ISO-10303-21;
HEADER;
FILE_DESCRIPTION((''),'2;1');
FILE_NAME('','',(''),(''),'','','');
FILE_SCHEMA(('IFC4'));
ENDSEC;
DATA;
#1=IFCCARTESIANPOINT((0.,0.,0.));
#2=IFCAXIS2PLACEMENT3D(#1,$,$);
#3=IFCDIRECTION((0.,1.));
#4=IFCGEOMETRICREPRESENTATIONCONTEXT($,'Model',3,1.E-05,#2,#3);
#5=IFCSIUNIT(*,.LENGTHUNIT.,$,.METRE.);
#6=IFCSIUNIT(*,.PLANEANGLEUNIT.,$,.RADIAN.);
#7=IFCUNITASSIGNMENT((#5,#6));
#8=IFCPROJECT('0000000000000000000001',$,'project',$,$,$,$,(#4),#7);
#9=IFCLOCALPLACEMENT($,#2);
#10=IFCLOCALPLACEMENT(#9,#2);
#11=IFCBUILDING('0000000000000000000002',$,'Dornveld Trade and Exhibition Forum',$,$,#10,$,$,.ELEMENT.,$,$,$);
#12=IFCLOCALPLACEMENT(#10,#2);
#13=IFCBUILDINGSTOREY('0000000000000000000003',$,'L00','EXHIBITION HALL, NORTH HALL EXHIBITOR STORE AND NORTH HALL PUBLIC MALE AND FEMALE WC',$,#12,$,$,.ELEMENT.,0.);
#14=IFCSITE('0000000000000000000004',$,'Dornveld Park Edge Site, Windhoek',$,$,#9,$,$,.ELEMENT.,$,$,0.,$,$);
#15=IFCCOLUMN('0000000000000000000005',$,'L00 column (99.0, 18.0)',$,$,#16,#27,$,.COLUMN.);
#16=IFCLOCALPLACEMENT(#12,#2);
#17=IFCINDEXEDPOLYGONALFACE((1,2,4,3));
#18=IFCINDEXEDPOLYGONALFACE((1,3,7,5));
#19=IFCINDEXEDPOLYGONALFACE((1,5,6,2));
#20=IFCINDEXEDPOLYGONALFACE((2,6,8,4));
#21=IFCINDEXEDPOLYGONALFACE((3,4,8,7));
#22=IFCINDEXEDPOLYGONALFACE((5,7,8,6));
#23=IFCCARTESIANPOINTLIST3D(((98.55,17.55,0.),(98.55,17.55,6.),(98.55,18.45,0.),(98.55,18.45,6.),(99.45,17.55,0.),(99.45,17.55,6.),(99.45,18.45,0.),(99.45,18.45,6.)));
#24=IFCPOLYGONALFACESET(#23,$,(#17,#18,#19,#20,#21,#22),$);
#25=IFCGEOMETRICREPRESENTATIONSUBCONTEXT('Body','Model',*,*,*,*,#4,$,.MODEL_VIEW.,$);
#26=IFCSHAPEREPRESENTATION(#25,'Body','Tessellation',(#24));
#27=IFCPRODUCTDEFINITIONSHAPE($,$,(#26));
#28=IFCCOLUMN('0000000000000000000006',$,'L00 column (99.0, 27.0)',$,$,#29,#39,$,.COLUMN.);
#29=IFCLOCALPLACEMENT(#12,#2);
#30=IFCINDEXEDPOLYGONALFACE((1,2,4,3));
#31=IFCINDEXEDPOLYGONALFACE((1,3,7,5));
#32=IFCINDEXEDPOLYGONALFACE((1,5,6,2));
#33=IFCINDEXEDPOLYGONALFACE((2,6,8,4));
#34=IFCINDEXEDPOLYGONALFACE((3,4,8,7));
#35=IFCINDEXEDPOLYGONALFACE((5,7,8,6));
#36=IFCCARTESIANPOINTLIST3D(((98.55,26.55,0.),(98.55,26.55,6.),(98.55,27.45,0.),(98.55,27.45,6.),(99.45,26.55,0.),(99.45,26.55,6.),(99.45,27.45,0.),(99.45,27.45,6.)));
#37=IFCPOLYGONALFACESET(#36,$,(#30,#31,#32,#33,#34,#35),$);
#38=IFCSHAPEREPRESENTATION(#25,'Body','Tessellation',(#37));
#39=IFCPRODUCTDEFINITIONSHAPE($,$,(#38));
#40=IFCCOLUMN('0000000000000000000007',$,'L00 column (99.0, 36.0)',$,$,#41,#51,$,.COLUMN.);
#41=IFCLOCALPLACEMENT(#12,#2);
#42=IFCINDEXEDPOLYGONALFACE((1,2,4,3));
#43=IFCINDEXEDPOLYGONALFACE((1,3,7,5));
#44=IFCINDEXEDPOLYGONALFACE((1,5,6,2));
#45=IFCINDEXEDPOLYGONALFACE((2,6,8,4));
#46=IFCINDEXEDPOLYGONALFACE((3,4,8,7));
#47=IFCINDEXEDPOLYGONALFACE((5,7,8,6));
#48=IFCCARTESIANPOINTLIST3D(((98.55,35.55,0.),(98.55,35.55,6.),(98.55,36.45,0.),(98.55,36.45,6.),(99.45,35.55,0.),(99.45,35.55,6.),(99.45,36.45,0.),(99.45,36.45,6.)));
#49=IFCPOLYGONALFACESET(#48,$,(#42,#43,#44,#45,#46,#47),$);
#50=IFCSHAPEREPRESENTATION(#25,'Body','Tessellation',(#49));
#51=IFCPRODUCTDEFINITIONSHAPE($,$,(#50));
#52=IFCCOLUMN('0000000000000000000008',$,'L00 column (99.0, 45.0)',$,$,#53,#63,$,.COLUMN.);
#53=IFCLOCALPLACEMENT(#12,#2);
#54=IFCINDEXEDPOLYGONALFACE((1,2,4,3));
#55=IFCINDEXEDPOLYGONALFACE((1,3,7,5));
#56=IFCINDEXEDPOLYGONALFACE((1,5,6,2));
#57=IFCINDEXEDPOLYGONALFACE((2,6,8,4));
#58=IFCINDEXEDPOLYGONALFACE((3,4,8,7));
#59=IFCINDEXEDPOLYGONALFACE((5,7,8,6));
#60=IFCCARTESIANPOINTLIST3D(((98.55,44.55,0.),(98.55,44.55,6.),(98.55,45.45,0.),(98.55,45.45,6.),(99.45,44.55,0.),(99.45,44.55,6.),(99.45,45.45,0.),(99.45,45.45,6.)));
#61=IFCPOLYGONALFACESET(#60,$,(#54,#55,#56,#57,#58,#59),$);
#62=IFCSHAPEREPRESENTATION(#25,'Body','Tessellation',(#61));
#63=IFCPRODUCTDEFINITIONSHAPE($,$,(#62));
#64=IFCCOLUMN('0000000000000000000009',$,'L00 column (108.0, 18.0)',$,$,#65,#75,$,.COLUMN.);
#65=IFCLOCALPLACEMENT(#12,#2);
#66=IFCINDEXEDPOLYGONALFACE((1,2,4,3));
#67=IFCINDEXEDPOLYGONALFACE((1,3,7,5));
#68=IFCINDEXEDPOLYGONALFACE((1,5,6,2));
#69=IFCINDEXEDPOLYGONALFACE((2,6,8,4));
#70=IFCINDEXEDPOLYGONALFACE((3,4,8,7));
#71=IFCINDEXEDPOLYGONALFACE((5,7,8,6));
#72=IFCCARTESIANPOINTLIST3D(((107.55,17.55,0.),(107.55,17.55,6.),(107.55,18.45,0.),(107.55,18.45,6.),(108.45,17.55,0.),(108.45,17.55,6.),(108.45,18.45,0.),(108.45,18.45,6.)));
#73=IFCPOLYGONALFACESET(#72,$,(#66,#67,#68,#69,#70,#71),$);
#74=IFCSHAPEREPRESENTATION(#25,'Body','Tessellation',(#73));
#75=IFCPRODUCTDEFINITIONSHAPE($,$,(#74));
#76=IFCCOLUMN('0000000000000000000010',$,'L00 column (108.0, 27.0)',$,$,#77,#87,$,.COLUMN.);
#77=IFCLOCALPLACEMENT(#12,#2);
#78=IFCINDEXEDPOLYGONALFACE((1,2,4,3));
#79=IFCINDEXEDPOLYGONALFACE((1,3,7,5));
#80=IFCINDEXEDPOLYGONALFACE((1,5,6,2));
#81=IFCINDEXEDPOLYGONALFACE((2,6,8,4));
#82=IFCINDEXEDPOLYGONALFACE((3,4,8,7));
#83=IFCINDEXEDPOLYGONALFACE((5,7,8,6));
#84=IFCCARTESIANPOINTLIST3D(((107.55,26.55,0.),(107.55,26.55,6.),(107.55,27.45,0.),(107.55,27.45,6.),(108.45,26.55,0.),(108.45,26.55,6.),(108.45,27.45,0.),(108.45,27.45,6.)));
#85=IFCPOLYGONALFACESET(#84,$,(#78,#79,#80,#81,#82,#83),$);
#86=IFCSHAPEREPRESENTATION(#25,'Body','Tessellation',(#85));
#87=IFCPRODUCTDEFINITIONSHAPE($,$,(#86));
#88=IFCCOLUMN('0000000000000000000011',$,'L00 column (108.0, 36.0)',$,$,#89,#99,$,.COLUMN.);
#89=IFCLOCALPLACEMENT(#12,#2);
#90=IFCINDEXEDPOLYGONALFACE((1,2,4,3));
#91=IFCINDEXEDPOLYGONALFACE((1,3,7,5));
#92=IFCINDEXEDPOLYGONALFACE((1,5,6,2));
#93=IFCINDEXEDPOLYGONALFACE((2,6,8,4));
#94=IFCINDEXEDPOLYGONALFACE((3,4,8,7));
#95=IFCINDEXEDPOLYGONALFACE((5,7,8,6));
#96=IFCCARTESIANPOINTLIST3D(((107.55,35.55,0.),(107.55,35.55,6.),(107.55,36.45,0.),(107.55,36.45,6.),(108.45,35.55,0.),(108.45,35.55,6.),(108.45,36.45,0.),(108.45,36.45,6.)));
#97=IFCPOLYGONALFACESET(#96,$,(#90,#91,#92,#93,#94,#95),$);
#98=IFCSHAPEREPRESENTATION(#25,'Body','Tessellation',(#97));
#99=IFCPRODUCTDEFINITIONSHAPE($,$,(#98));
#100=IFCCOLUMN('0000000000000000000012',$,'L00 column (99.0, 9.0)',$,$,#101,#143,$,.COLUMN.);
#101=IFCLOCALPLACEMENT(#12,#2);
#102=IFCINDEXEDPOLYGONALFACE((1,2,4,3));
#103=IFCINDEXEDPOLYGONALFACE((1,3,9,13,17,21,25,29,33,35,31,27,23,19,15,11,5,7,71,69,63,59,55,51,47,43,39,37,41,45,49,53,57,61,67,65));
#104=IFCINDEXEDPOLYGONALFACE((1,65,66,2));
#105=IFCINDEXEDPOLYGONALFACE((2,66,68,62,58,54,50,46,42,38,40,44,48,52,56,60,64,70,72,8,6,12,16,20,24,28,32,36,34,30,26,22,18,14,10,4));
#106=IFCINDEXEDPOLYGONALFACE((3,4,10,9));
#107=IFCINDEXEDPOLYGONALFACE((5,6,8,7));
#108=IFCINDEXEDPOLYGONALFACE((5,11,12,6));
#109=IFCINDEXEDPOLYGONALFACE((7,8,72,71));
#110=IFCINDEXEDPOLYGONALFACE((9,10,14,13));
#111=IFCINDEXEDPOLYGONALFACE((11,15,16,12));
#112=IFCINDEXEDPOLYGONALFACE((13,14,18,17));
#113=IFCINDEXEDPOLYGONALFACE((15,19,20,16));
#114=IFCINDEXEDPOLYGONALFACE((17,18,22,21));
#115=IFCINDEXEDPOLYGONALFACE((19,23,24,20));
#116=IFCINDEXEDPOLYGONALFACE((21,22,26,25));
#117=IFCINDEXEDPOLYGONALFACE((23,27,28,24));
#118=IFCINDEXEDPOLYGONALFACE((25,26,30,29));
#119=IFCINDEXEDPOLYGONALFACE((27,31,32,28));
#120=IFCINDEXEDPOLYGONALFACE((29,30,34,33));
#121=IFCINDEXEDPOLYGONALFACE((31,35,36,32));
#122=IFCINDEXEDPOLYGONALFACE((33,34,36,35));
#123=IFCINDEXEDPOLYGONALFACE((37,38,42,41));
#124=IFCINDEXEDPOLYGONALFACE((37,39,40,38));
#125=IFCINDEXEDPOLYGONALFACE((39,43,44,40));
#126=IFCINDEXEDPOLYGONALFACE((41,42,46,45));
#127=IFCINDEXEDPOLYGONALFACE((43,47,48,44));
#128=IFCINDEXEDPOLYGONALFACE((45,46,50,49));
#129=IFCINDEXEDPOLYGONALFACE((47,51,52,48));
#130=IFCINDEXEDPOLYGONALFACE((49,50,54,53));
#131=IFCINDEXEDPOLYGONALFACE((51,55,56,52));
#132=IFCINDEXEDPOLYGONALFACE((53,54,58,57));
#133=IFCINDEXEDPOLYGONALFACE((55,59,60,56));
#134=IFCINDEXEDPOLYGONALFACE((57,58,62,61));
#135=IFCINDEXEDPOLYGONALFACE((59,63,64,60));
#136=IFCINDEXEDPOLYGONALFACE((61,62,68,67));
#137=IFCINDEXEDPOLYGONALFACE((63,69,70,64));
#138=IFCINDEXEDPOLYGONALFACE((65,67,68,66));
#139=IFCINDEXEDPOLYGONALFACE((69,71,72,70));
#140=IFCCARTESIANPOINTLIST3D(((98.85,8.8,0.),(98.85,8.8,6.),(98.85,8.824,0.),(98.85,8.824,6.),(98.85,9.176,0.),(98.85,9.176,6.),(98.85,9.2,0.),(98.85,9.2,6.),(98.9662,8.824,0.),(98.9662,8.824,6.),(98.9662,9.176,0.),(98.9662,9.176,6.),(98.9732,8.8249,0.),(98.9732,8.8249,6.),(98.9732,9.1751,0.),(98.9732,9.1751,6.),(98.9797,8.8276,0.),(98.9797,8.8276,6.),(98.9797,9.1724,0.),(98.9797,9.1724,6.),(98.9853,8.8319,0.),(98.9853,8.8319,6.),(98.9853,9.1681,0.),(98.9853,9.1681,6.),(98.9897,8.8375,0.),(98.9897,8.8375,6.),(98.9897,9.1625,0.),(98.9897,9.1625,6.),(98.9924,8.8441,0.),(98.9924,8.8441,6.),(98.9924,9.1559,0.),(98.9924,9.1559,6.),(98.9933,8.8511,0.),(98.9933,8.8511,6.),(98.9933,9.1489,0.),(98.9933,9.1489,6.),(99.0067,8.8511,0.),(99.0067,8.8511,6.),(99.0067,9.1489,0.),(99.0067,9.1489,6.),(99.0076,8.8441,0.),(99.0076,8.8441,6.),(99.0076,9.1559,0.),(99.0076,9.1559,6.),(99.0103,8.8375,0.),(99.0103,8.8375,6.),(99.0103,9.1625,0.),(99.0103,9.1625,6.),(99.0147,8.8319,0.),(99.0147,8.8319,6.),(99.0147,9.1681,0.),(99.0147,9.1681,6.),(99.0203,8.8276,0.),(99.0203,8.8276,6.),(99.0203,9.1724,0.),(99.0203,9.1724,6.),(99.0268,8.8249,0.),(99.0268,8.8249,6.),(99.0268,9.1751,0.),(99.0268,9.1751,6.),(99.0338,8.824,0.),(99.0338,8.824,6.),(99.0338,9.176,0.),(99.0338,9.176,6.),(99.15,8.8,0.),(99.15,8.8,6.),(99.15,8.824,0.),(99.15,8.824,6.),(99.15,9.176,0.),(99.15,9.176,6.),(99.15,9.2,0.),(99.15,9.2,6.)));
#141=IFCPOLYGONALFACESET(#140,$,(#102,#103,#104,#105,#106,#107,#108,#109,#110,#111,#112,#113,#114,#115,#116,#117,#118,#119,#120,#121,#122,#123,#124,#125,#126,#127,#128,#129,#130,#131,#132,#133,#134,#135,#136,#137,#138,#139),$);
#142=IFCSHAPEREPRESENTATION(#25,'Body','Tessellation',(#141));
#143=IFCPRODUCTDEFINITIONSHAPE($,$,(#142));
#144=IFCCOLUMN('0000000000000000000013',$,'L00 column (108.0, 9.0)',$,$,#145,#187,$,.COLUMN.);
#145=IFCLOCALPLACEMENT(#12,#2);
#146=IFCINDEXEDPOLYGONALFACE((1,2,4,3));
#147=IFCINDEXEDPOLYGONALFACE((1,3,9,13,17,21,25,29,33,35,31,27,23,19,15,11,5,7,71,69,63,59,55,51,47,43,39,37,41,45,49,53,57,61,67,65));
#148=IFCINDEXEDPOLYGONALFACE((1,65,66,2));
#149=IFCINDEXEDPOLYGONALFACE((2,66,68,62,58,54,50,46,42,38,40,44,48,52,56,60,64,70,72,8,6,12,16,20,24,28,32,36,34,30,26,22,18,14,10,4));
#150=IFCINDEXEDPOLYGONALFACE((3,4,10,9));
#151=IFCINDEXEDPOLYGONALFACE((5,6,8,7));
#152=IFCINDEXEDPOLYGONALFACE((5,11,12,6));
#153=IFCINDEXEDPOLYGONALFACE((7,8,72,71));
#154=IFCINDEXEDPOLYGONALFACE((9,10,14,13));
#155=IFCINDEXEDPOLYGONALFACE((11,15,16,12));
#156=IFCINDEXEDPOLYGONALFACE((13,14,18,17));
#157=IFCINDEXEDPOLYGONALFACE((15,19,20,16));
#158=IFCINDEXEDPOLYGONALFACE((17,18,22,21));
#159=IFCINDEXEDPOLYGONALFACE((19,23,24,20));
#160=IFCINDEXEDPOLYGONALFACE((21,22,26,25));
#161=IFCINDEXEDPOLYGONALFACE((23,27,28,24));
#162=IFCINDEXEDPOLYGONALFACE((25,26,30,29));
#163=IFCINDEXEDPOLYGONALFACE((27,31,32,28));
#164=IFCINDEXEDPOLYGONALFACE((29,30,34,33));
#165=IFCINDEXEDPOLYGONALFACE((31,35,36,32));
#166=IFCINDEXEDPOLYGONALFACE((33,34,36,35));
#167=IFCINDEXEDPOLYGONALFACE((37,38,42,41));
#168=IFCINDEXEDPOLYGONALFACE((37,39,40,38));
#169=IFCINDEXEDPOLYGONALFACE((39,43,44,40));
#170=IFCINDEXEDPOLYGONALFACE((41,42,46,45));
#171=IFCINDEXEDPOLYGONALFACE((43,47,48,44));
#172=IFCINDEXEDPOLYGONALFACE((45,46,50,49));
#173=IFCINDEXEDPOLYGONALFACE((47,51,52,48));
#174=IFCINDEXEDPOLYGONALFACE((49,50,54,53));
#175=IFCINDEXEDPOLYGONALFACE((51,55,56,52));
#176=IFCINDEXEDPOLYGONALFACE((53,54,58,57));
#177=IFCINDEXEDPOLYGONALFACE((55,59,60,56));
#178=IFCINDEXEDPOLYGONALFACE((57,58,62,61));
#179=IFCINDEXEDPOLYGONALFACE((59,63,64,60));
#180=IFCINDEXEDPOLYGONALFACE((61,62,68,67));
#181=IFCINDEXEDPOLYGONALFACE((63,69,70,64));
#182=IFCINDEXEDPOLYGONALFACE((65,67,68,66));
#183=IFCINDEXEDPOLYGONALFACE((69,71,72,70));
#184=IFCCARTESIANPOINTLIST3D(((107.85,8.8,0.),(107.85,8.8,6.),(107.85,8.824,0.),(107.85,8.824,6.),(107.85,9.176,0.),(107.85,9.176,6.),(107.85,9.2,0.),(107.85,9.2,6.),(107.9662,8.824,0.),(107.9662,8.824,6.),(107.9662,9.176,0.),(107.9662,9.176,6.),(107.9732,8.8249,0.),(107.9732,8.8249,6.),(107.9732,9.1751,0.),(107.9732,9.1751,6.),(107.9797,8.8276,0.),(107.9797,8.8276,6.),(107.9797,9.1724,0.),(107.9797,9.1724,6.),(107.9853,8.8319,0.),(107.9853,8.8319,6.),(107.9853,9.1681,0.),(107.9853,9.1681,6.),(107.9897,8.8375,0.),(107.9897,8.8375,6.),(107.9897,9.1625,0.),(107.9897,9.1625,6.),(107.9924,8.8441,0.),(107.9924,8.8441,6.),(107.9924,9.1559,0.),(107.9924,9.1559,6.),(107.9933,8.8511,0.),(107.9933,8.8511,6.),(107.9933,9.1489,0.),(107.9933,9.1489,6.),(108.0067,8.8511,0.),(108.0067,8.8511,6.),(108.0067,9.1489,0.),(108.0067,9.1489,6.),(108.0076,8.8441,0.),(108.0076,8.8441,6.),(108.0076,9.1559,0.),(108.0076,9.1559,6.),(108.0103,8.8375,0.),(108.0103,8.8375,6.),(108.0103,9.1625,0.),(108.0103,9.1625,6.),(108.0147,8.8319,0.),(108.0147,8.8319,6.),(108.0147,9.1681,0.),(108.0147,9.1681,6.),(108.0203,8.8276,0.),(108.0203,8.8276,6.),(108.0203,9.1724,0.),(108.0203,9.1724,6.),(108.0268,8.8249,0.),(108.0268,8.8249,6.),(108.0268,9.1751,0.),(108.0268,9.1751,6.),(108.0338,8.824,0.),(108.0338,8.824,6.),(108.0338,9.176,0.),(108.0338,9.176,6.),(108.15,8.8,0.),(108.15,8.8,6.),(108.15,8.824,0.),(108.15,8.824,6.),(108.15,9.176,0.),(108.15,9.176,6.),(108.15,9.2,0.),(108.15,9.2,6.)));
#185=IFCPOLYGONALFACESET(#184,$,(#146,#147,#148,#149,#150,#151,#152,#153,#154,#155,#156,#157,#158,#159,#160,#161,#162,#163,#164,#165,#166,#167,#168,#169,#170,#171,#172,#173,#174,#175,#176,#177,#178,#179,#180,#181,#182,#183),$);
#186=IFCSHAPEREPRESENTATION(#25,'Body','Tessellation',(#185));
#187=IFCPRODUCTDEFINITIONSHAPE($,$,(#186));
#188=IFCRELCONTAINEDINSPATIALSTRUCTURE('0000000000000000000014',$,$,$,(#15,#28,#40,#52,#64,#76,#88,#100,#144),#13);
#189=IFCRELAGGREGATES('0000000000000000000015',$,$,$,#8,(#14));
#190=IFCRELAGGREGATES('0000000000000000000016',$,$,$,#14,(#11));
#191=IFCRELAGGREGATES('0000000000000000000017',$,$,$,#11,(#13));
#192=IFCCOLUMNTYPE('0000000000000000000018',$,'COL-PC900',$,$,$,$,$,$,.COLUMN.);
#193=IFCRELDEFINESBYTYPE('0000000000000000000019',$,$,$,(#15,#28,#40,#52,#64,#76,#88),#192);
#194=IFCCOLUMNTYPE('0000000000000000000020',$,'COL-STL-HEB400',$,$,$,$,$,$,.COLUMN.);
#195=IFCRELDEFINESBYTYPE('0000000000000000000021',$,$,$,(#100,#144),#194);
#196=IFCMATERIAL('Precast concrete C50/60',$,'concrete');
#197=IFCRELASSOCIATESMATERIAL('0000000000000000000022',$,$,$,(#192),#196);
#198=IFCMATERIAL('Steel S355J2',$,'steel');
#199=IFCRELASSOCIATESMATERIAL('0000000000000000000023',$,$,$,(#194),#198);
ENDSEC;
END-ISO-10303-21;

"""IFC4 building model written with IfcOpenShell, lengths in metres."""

from ifc_helpers import new_model, si_unit, direction, frame, origin, origin_2d, place, context, subcontext, project, spatial, rectangle, i_section, extrude, material, material_profile, profile_set, type_object, element, save


model = new_model("IFC4")

# Units and contexts
model_context = context("Model", 3, precision=1e-05, world=origin(), true_north=direction((0.0, 1.0)))
body_context = subcontext(model_context, "Body", "Model", "MODEL_VIEW")
ifc_project = project(units=[si_unit("LENGTHUNIT", "METRE"), si_unit("PLANEANGLEUNIT", "RADIAN")], contexts=[model_context])

# Site, building, storey
site_placement = place(None, origin())
site = spatial("IfcSite", under=ifc_project, at=site_placement, Name="Dornveld Park Edge Site, Windhoek", CompositionType="ELEMENT", RefElevation=0.0)
building_placement = place(site_placement, origin())
building = spatial("IfcBuilding", under=site, at=building_placement, Name="Dornveld Trade and Exhibition Forum", CompositionType="ELEMENT")
storey_placement = place(building_placement, origin())
storey = spatial("IfcBuildingStorey", under=building, at=storey_placement, Name="L00", Description="EXHIBITION HALL, NORTH HALL EXHIBITOR STORE AND NORTH HALL PUBLIC MALE AND FEMALE WC", CompositionType="ELEMENT", Elevation=0.0)

# Columns
ifc_material_1 = material(Name="Precast concrete C50/60", Category="concrete")
ifc_material_profile_1 = material_profile(ifc_material_1, rectangle(XDim=0.8999, YDim=0.8999, at=origin_2d()), Name="PC-COL 900x900")
ifc_profile_set_1 = profile_set([ifc_material_profile_1], Name="Precast concrete C50/60")
column_type_1 = type_object("IfcColumnType", Name="COL-PC900", PredefinedType="COLUMN", material=ifc_profile_set_1)
for number, where, z_axis, x_axis, name in (
    (1, (99.0, 18.0, 0.0), (0.0, 0.0, 1.0), (1.0, 0.0, 0.0), "L00 column (99.0, 18.0)"),
    (2, (99.0, 27.0, 0.0), (0.0, 0.0, 1.0), (1.0, 0.0, 0.0), "L00 column (99.0, 27.0)"),
    (3, (99.0, 36.0, 0.0), (0.0, 0.0, 1.0), (1.0, 0.0, 0.0), "L00 column (99.0, 36.0)"),
    (4, (99.0, 45.0, 0.0), (0.0, 0.0, 1.0), (1.0, 0.0, 0.0), "L00 column (99.0, 45.0)"),
    (5, (108.0, 18.0, 0.0), (0.0, 0.0, 1.0), (1.0, 0.0, 0.0), "L00 column (108.0, 18.0)"),
    (6, (108.0, 27.0, 0.0), (0.0, 0.0, 1.0), (1.0, 0.0, 0.0), "L00 column (108.0, 27.0)"),
    (7, (108.0, 36.0, 0.0), (0.0, 0.0, 1.0), (1.0, 0.0, 0.0), "L00 column (108.0, 36.0)"),
):
    element("IfcColumn", number, at=place(storey_placement, frame(where, z_axis=z_axis, x_axis=x_axis)), inside=storey, type_object=column_type_1, Name=name, PredefinedType="COLUMN", context=body_context, shape_type="SweptSolid", body=[
        extrude(rectangle(XDim=0.8999, YDim=0.8999, at=origin_2d()), origin(), (0.0, 0.0, 1.0), 6.0),
    ])
ifc_material_2 = material(Name="Steel S355J2", Category="steel")
ifc_material_profile_2 = material_profile(ifc_material_2, i_section(OverallWidth=0.3, OverallDepth=0.3999, WebThickness=0.0134, FlangeThickness=0.0239, FilletRadius=0.0271, at=origin_2d()), Name="HEB 400")
ifc_profile_set_2 = profile_set([ifc_material_profile_2], Name="Steel S355J2")
column_type_2 = type_object("IfcColumnType", Name="COL-STL-HEB400", PredefinedType="COLUMN", material=ifc_profile_set_2)
for number, where, z_axis, x_axis, name in (
    (8, (99.0, 9.0, 0.0), (0.0, 0.0, 1.0), (1.0, 0.0, 0.0), "L00 column (99.0, 9.0)"),
    (9, (108.0, 9.0, 0.0), (0.0, 0.0, 1.0), (1.0, 0.0, 0.0), "L00 column (108.0, 9.0)"),
):
    element("IfcColumn", number, at=place(storey_placement, frame(where, z_axis=z_axis, x_axis=x_axis)), inside=storey, type_object=column_type_2, Name=name, PredefinedType="COLUMN", context=body_context, shape_type="SweptSolid", body=[
        extrude(i_section(OverallWidth=0.3, OverallDepth=0.3999, WebThickness=0.0134, FlangeThickness=0.0239, FilletRadius=0.0271, at=origin_2d()), origin(), (0.0, 0.0, 1.0), 6.0),
    ])

save(model, "model.ifc")
